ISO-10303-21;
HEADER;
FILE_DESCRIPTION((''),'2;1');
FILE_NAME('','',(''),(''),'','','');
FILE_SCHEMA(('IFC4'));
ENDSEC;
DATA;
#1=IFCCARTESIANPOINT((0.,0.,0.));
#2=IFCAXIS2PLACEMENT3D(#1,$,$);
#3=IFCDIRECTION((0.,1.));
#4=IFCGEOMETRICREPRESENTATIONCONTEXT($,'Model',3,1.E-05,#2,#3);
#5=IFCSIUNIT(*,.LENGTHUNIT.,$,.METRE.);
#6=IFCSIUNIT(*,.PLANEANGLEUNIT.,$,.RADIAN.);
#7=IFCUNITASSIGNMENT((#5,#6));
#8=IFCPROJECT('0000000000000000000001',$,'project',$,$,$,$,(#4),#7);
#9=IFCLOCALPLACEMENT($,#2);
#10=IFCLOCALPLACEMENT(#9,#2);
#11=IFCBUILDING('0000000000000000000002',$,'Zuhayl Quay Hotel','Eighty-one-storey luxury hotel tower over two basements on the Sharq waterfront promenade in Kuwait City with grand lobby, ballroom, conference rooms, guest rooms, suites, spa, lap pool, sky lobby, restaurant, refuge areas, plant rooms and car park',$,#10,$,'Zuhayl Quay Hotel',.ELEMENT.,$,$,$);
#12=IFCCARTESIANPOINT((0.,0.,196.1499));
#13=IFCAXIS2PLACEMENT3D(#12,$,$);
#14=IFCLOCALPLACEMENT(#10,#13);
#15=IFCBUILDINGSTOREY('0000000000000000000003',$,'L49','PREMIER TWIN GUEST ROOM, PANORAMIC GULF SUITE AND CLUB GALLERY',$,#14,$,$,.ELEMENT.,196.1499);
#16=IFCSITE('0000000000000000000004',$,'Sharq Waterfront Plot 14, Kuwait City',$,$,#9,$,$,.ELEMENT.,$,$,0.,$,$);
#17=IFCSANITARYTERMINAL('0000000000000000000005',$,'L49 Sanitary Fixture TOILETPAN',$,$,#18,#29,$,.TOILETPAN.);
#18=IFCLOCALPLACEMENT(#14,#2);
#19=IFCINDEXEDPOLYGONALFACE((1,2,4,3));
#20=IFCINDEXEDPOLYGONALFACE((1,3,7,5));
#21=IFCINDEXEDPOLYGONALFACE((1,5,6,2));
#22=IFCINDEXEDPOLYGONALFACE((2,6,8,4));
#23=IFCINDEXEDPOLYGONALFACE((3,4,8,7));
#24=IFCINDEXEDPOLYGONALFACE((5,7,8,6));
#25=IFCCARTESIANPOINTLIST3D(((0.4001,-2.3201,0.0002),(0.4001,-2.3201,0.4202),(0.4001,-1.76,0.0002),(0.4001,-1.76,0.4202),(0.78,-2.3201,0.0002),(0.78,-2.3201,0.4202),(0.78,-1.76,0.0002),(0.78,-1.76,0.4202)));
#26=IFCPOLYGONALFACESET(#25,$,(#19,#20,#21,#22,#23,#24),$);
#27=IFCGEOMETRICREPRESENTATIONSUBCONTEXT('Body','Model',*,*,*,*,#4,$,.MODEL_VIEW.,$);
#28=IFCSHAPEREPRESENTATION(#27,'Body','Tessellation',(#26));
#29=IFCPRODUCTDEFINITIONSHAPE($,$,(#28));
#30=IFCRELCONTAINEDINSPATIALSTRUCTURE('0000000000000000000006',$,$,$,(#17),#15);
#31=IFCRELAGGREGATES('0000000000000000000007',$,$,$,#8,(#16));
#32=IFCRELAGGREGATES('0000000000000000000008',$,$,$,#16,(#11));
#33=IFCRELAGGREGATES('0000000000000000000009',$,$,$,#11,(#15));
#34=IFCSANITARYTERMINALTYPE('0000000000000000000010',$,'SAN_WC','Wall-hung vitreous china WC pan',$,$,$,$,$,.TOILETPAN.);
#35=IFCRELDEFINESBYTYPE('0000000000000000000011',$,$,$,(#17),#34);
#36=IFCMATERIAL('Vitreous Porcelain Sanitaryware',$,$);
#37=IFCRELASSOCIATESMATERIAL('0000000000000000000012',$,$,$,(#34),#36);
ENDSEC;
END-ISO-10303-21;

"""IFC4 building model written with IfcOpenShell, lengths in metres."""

from ifc_helpers import new_model, si_unit, direction, frame, origin, origin_2d, place, context, subcontext, project, spatial, rectangle, extrude, material, type_object, element, save


model = new_model("IFC4")

# Units and contexts
model_context = context("Model", 3, precision=1e-05, world=origin(), true_north=direction((0.0, 1.0)))
body_context = subcontext(model_context, "Body", "Model", "MODEL_VIEW")
ifc_project = project(units=[si_unit("LENGTHUNIT", "METRE"), si_unit("PLANEANGLEUNIT", "RADIAN")], contexts=[model_context])

# Site, building, storey
site_placement = place(None, origin())
site = spatial("IfcSite", under=ifc_project, at=site_placement, Name="Sharq Waterfront Plot 14, Kuwait City", CompositionType="ELEMENT", RefElevation=0.0)
building_placement = place(site_placement, origin())
building = spatial("IfcBuilding", under=site, at=building_placement, Name="Zuhayl Quay Hotel", Description="Eighty-one-storey luxury hotel tower over two basements on the Sharq waterfront promenade in Kuwait City with grand lobby, ballroom, conference rooms, guest rooms, suites, spa, lap pool, sky lobby, restaurant, refuge areas, plant rooms and car park", LongName="Zuhayl Quay Hotel", CompositionType="ELEMENT")
storey_placement = place(building_placement, frame((0.0, 0.0, 196.1499)))
storey = spatial("IfcBuildingStorey", under=building, at=storey_placement, Name="L49", Description="PREMIER TWIN GUEST ROOM, PANORAMIC GULF SUITE AND CLUB GALLERY", CompositionType="ELEMENT", Elevation=196.1499)

# Sanitary terminal
ifc_material_1 = material(Name="Vitreous Porcelain Sanitaryware")
sanitary_terminal_type_1 = type_object("IfcSanitaryTerminalType", Name="SAN_WC", Description="Wall-hung vitreous china WC pan", PredefinedType="TOILETPAN", material=ifc_material_1)
sanitary_terminal_1_placement = place(storey_placement, frame((0.5901, -2.04, 0.0002), z_axis=(0.0, 0.0, 1.0), x_axis=(1.0, 0.0, 0.0)))
element("IfcSanitaryTerminal", 1, at=sanitary_terminal_1_placement, inside=storey, type_object=sanitary_terminal_type_1, Name="L49 Sanitary Fixture TOILETPAN", PredefinedType="TOILETPAN", context=body_context, shape_type="SweptSolid", body=[
    extrude(rectangle(XDim=0.3799, YDim=0.5601, at=origin_2d()), origin(), (0.0, 0.0, 1.0), 0.4199),
])

save(model, "model.ifc")
